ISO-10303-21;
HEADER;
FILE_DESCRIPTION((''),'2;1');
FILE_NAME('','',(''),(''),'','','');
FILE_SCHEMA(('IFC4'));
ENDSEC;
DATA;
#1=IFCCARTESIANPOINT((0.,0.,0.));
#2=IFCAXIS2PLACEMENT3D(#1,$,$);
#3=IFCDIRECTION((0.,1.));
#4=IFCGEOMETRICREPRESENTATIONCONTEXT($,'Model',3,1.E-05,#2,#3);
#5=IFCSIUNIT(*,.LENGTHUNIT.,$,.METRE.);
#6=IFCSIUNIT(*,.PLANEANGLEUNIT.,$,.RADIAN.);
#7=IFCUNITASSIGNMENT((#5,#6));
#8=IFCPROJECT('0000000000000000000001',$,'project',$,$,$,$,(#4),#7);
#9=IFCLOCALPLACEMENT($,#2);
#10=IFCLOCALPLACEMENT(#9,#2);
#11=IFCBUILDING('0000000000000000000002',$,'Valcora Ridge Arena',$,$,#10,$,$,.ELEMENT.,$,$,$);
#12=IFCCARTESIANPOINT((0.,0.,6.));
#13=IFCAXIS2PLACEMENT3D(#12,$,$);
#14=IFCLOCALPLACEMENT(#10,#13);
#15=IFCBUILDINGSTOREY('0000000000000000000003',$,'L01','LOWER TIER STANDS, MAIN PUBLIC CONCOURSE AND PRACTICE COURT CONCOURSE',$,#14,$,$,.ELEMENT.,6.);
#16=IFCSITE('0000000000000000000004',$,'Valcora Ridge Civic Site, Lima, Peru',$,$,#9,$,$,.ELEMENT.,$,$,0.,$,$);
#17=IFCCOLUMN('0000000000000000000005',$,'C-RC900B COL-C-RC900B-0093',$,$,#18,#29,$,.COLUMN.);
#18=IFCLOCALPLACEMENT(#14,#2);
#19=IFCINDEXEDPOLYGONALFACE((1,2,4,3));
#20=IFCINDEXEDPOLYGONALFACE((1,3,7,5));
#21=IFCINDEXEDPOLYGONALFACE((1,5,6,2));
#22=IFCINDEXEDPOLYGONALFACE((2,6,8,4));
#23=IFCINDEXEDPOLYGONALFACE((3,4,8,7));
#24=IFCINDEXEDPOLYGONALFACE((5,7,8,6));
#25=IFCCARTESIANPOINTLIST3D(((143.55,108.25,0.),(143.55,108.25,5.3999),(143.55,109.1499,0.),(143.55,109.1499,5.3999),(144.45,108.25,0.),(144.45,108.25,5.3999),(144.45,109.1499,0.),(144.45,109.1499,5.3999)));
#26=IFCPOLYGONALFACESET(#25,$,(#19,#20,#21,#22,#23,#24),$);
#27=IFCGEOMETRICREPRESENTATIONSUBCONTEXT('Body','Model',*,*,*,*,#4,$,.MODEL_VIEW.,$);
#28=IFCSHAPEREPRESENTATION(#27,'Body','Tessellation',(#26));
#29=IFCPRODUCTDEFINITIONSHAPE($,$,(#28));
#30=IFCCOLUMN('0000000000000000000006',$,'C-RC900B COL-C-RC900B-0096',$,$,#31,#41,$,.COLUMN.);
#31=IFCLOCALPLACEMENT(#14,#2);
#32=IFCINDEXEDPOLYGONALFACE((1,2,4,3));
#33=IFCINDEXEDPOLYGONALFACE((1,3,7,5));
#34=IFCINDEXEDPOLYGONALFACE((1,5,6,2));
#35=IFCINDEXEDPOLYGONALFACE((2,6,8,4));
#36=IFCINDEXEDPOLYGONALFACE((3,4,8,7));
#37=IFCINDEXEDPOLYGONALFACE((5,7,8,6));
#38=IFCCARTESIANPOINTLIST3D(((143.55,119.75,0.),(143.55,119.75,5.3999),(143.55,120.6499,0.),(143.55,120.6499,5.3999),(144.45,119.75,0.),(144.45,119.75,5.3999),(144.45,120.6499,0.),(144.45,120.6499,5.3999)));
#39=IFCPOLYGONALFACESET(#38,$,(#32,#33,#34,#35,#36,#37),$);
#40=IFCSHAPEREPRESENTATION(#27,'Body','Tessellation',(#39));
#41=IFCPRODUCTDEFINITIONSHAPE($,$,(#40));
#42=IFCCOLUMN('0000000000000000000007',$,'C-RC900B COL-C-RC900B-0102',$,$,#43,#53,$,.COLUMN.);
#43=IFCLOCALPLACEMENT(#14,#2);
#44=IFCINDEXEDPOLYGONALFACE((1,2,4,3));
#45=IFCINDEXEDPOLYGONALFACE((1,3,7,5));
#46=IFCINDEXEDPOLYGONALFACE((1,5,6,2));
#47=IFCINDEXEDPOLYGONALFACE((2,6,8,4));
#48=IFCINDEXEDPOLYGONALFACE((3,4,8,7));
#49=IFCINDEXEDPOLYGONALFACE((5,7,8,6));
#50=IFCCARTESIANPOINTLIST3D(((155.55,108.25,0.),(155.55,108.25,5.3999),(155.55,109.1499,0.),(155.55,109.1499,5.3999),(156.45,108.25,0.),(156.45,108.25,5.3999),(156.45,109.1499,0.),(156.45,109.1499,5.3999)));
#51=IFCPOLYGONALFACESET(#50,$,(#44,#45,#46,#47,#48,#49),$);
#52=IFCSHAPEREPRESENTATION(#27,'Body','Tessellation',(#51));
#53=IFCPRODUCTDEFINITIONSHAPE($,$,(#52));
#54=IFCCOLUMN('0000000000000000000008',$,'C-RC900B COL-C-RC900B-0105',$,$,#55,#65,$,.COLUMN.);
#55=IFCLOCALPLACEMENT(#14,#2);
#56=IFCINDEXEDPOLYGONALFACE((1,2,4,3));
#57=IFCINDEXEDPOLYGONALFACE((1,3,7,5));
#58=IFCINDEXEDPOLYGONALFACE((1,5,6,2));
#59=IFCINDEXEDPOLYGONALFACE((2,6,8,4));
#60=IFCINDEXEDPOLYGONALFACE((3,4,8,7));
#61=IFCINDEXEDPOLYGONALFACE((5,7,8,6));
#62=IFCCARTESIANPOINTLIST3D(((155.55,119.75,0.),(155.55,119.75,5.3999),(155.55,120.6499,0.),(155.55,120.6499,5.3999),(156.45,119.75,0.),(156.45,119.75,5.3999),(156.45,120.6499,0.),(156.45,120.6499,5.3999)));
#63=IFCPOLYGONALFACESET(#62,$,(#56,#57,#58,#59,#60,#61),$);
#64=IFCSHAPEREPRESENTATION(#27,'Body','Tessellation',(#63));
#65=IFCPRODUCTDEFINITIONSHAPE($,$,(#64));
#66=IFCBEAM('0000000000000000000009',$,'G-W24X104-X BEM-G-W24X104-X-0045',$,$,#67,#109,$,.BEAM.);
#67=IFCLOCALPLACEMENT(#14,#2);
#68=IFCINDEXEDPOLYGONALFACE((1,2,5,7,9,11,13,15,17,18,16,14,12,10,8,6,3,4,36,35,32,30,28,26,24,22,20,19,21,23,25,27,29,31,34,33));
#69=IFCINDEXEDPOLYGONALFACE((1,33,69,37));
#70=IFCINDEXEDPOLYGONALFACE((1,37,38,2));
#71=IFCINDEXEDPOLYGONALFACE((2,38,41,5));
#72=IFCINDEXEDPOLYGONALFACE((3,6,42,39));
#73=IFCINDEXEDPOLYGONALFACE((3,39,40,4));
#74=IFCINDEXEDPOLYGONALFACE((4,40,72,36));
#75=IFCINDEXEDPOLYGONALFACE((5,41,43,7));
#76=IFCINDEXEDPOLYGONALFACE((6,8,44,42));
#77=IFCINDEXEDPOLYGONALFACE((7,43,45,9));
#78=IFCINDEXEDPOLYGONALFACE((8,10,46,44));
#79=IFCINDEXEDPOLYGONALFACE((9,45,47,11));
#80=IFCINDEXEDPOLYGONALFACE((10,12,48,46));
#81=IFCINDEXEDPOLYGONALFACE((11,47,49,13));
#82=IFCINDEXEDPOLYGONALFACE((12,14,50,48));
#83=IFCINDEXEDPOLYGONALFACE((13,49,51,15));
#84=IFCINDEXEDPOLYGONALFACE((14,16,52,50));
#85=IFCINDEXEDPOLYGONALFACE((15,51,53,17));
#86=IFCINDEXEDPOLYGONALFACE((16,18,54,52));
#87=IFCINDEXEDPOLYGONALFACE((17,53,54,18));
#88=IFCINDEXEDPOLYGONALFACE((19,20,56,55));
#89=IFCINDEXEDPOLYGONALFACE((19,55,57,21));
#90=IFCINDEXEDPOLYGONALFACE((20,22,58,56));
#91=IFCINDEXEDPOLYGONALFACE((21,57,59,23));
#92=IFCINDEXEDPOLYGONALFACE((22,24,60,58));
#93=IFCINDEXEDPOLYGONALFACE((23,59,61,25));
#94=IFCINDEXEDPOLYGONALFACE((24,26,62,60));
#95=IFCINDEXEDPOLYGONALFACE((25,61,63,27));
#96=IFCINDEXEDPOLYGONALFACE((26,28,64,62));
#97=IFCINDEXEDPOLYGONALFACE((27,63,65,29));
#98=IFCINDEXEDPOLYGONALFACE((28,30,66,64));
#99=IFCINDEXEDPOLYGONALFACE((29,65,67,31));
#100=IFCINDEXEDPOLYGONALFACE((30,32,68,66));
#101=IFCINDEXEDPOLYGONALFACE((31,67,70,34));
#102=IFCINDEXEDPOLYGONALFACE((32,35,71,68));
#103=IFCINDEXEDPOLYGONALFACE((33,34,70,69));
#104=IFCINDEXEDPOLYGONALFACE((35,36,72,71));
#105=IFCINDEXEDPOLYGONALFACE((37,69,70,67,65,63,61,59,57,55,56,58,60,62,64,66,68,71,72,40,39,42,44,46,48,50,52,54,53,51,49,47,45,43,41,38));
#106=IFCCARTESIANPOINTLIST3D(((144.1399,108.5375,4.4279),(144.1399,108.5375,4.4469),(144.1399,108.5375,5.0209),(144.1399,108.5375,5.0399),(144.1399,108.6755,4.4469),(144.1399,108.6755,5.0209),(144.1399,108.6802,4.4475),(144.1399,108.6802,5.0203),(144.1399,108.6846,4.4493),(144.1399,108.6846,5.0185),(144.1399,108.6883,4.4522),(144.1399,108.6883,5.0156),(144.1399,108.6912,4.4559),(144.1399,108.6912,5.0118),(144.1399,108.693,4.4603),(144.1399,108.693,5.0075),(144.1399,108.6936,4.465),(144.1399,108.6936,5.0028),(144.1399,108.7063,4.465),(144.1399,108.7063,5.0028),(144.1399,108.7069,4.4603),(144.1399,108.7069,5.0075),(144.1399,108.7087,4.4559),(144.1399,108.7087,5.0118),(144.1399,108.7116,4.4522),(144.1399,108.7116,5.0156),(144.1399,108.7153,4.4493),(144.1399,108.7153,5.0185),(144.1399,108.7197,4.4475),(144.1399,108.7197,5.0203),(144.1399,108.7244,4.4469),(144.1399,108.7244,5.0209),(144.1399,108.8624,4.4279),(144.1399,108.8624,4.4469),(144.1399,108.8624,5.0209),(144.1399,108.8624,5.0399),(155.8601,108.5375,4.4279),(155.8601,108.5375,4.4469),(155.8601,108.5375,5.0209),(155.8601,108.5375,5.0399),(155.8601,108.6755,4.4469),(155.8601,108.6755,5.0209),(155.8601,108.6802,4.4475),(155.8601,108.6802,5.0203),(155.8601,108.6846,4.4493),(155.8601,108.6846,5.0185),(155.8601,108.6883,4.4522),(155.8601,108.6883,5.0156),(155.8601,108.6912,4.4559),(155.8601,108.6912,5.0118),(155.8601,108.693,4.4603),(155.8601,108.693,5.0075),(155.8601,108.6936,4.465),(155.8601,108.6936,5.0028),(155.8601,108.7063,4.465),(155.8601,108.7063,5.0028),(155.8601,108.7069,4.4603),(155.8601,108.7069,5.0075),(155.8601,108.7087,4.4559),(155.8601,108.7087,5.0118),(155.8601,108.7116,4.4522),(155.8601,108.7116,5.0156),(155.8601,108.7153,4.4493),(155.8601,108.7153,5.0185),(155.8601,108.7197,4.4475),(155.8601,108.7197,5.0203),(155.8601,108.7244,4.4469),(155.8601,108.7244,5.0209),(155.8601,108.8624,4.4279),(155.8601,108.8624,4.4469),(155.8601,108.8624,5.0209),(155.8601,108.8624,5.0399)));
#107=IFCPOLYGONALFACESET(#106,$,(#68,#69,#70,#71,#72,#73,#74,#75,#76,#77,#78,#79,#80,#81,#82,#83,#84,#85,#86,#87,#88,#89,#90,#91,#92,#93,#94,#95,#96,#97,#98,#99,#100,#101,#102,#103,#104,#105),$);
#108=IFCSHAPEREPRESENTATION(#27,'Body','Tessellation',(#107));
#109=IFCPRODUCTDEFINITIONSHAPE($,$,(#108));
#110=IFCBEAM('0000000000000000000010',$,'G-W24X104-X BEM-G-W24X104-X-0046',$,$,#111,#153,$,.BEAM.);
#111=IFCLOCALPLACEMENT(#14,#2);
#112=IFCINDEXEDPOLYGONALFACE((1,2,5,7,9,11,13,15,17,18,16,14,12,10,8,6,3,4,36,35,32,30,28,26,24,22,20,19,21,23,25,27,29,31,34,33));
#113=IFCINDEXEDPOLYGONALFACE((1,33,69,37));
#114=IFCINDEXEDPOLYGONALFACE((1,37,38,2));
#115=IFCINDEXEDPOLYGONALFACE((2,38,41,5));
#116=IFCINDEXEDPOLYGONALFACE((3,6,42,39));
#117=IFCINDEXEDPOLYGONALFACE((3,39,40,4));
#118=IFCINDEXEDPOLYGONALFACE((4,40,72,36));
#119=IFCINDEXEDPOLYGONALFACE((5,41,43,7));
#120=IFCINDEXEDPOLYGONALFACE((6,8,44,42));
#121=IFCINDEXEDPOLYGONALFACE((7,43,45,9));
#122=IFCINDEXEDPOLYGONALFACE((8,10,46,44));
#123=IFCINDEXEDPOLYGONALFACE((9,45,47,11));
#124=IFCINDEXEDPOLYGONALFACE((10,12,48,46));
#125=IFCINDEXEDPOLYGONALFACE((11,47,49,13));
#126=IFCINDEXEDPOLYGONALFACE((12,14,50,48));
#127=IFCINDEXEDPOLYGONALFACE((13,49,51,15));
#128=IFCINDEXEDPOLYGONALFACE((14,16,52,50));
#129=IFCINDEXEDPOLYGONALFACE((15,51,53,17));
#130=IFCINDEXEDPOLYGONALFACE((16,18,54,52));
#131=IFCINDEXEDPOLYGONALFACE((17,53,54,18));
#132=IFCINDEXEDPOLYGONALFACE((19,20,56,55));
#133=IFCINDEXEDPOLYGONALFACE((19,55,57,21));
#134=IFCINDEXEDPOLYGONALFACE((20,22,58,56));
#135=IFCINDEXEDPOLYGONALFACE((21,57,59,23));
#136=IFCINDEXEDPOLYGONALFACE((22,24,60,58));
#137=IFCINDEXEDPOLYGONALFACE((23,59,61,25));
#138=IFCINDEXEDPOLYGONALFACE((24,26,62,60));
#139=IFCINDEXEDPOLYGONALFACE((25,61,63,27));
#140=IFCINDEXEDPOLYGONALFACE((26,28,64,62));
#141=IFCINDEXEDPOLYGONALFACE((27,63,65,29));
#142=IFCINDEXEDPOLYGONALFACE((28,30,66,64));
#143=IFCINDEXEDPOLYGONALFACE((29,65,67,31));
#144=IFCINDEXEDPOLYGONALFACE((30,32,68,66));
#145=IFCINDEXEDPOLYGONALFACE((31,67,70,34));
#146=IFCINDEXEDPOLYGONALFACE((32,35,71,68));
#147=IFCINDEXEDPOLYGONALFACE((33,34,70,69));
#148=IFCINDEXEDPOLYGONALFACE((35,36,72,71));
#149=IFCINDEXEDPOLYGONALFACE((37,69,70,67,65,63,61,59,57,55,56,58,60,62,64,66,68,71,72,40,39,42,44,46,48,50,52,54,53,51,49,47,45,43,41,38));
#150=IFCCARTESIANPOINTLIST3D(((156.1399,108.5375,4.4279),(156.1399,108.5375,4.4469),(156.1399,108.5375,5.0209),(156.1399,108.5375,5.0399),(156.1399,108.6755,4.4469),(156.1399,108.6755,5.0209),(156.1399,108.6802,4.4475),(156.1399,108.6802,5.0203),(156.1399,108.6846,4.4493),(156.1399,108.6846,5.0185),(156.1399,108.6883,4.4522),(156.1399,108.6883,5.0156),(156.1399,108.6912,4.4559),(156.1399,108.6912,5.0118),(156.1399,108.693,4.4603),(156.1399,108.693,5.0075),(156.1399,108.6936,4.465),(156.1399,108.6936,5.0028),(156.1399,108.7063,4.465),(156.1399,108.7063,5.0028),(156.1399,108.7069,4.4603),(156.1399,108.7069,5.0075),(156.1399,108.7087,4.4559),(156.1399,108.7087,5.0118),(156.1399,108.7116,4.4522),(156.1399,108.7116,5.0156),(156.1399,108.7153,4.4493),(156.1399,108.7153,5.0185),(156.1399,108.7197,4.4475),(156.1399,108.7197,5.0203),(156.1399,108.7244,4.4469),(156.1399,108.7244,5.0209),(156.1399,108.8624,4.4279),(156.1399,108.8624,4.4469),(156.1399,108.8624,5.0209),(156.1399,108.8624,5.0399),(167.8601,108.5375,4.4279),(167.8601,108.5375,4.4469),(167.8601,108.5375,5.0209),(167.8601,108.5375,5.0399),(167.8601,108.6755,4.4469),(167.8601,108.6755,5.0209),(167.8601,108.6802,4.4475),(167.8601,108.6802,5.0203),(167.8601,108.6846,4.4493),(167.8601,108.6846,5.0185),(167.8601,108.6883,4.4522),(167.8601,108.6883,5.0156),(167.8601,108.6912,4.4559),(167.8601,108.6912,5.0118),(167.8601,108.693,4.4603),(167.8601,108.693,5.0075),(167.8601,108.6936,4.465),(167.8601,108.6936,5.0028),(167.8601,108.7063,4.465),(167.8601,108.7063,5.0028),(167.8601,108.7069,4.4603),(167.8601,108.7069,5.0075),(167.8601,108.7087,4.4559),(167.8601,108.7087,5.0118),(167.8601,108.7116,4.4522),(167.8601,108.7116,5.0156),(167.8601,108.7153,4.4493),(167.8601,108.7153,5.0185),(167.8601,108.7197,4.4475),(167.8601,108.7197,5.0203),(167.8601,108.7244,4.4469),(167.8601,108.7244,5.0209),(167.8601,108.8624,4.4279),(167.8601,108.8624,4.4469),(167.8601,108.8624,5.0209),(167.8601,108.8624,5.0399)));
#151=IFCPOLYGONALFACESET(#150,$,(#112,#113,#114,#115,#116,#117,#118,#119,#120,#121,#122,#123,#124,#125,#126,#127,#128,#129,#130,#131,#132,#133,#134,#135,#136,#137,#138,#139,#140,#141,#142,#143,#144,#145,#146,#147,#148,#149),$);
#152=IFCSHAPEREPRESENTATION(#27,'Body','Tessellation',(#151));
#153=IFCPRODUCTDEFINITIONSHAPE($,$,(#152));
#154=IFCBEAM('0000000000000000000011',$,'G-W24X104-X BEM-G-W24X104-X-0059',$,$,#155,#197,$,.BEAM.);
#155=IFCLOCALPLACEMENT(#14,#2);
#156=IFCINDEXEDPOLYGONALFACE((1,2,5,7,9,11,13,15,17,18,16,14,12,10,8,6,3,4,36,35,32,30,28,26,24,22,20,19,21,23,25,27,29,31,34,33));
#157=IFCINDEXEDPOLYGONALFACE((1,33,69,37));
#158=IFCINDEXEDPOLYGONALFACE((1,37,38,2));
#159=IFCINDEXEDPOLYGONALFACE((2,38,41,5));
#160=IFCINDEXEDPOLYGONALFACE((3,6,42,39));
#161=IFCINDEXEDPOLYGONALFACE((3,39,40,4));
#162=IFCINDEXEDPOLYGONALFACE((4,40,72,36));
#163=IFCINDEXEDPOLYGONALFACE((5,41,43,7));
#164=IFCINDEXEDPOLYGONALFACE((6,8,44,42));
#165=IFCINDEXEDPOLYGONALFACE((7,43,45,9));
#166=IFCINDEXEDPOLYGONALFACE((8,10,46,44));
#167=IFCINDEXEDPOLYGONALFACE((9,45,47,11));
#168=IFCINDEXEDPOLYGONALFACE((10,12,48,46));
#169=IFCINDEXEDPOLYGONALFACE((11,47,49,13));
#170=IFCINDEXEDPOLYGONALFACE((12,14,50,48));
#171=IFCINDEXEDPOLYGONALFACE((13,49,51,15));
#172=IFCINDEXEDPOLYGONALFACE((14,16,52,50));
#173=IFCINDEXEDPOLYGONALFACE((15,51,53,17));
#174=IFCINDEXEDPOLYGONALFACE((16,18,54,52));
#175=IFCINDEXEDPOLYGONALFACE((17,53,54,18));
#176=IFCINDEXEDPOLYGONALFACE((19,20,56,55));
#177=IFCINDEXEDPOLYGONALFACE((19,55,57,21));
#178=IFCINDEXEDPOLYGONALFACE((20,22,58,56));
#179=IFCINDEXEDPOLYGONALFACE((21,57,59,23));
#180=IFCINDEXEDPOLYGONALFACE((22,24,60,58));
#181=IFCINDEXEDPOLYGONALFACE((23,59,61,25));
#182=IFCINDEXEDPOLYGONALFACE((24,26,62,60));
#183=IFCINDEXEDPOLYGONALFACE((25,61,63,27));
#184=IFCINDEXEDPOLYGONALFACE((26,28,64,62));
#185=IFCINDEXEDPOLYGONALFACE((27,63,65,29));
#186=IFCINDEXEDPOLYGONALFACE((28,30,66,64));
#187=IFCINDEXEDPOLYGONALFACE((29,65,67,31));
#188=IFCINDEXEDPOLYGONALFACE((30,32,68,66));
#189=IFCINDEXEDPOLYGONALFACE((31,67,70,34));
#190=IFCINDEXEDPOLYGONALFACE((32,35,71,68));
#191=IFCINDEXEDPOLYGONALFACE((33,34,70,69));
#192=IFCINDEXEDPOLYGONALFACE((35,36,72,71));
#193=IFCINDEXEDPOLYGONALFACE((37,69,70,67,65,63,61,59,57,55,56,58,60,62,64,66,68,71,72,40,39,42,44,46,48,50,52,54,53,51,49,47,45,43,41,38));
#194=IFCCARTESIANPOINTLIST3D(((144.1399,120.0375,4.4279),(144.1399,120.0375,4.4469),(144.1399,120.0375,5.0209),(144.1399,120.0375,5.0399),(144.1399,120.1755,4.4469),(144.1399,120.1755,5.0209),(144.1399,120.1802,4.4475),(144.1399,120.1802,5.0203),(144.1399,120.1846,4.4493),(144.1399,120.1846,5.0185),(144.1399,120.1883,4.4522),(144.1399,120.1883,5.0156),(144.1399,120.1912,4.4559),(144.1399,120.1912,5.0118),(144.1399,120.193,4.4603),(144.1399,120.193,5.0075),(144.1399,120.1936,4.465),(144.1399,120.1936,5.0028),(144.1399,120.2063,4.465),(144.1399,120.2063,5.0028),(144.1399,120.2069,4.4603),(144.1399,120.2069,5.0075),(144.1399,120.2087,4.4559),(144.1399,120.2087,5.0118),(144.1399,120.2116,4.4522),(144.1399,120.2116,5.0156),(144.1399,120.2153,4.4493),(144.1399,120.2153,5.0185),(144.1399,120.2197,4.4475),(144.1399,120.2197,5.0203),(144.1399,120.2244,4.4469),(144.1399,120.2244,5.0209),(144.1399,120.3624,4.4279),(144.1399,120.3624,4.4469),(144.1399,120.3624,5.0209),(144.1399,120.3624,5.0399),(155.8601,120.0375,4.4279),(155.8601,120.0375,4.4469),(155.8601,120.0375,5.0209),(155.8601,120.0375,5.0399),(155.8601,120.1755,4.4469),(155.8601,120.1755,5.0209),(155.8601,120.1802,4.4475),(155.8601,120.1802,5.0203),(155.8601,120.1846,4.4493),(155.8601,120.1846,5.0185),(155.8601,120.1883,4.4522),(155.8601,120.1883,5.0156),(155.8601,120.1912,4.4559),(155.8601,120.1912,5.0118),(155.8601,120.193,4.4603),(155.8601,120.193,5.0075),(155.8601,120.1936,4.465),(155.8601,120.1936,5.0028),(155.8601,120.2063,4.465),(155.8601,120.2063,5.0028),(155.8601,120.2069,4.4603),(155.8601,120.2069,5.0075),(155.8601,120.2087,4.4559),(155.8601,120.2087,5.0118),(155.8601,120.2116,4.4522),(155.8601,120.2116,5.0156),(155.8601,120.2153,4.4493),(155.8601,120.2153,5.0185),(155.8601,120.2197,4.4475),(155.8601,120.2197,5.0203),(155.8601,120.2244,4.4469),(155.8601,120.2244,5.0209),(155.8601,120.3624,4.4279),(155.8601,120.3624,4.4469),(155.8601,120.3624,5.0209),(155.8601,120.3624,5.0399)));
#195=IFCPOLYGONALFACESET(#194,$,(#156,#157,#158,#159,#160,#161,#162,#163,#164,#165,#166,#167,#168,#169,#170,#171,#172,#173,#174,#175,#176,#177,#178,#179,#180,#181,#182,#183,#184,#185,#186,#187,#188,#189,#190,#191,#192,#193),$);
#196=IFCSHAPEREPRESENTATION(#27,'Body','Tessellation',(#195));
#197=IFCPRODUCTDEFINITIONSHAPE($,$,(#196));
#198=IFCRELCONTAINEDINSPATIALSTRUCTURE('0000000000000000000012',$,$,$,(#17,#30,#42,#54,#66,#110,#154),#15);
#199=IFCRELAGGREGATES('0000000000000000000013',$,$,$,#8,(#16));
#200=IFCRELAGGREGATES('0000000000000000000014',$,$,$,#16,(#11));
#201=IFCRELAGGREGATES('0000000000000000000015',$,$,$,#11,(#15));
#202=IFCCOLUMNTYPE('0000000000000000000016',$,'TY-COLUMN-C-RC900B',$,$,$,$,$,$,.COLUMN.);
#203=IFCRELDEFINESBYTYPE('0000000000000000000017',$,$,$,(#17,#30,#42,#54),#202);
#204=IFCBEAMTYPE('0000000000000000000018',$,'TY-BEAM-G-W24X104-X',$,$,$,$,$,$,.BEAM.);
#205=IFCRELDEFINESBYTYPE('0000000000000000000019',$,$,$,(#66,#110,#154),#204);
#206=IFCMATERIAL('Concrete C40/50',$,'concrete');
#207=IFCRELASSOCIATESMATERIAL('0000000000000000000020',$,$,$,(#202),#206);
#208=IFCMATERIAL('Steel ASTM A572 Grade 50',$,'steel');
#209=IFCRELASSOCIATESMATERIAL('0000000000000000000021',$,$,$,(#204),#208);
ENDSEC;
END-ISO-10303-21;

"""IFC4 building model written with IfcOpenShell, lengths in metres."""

from ifc_helpers import new_model, si_unit, direction, frame, origin, origin_2d, place, context, subcontext, project, spatial, rectangle, i_section, extrude, material, material_profile, profile_set, type_object, element, save


model = new_model("IFC4")

# Units and contexts
model_context = context("Model", 3, precision=1e-05, world=origin(), true_north=direction((0.0, 1.0)))
body_context = subcontext(model_context, "Body", "Model", "MODEL_VIEW")
ifc_project = project(units=[si_unit("LENGTHUNIT", "METRE"), si_unit("PLANEANGLEUNIT", "RADIAN")], contexts=[model_context])

# Site, building, storey
site_placement = place(None, origin())
site = spatial("IfcSite", under=ifc_project, at=site_placement, Name="Valcora Ridge Civic Site, Lima, Peru", CompositionType="ELEMENT", RefElevation=0.0)
building_placement = place(site_placement, origin())
building = spatial("IfcBuilding", under=site, at=building_placement, Name="Valcora Ridge Arena", CompositionType="ELEMENT")
storey_placement = place(building_placement, frame((0.0, 0.0, 6.0)))
storey = spatial("IfcBuildingStorey", under=building, at=storey_placement, Name="L01", Description="LOWER TIER STANDS, MAIN PUBLIC CONCOURSE AND PRACTICE COURT CONCOURSE", CompositionType="ELEMENT", Elevation=6.0)

# Columns
ifc_material_1 = material(Name="Concrete C40/50", Category="concrete")
ifc_material_profile_1 = material_profile(ifc_material_1, rectangle(XDim=0.8999, YDim=0.8999, at=origin_2d()), Name="RC 900x900")
ifc_profile_set_1 = profile_set([ifc_material_profile_1], Name="Concrete C40/50")
column_type = type_object("IfcColumnType", Name="TY-COLUMN-C-RC900B", PredefinedType="COLUMN", material=ifc_profile_set_1)
for number, where, z_axis, x_axis, name in (
    (1, (144.0, 108.7, 0.0), (0.0, 0.0, 1.0), (1.0, 0.0, 0.0), "C-RC900B COL-C-RC900B-0093"),
    (2, (144.0, 120.2, 0.0), (0.0, 0.0, 1.0), (1.0, 0.0, 0.0), "C-RC900B COL-C-RC900B-0096"),
    (3, (156.0, 108.7, 0.0), (0.0, 0.0, 1.0), (1.0, 0.0, 0.0), "C-RC900B COL-C-RC900B-0102"),
    (4, (156.0, 120.2, 0.0), (0.0, 0.0, 1.0), (1.0, 0.0, 0.0), "C-RC900B COL-C-RC900B-0105"),
):
    element("IfcColumn", number, at=place(storey_placement, frame(where, z_axis=z_axis, x_axis=x_axis)), inside=storey, type_object=column_type, Name=name, PredefinedType="COLUMN", context=body_context, shape_type="SweptSolid", body=[
        extrude(rectangle(XDim=0.8999, YDim=0.8999, at=origin_2d()), origin(), (0.0, 0.0, 1.0), 5.3999),
    ])

# Beams
ifc_material_2 = material(Name="Steel ASTM A572 Grade 50", Category="steel")
ifc_material_profile_2 = material_profile(ifc_material_2, i_section(OverallWidth=0.325, OverallDepth=0.6121, WebThickness=0.0127, FlangeThickness=0.019, FilletRadius=0.0181, at=origin_2d()), Name="W24X104")
ifc_profile_set_2 = profile_set([ifc_material_profile_2], Name="Steel ASTM A572 Grade 50")
beam_type_1 = type_object("IfcBeamType", Name="TY-BEAM-G-W24X104-X", PredefinedType="BEAM", material=ifc_profile_set_2)
for number, where, z_axis, x_axis, name in (
    (5, (144.1399, 108.7, 4.7339), (1.0, 0.0, 0.0), (0.0, 1.0, 0.0), "G-W24X104-X BEM-G-W24X104-X-0045"),
    (6, (156.1399, 108.7, 4.7339), (1.0, 0.0, 0.0), (0.0, 1.0, 0.0), "G-W24X104-X BEM-G-W24X104-X-0046"),
    (7, (144.1399, 120.2, 4.7339), (1.0, 0.0, 0.0), (0.0, 1.0, 0.0), "G-W24X104-X BEM-G-W24X104-X-0059"),
):
    element("IfcBeam", number, at=place(storey_placement, frame(where, z_axis=z_axis, x_axis=x_axis)), inside=storey, type_object=beam_type_1, Name=name, PredefinedType="BEAM", context=body_context, shape_type="SweptSolid", body=[
        extrude(i_section(OverallWidth=0.325, OverallDepth=0.6121, WebThickness=0.0127, FlangeThickness=0.019, FilletRadius=0.0181, at=origin_2d()), origin(), (0.0, 0.0, 1.0), 11.7202),
    ])

save(model, "model.ifc")
